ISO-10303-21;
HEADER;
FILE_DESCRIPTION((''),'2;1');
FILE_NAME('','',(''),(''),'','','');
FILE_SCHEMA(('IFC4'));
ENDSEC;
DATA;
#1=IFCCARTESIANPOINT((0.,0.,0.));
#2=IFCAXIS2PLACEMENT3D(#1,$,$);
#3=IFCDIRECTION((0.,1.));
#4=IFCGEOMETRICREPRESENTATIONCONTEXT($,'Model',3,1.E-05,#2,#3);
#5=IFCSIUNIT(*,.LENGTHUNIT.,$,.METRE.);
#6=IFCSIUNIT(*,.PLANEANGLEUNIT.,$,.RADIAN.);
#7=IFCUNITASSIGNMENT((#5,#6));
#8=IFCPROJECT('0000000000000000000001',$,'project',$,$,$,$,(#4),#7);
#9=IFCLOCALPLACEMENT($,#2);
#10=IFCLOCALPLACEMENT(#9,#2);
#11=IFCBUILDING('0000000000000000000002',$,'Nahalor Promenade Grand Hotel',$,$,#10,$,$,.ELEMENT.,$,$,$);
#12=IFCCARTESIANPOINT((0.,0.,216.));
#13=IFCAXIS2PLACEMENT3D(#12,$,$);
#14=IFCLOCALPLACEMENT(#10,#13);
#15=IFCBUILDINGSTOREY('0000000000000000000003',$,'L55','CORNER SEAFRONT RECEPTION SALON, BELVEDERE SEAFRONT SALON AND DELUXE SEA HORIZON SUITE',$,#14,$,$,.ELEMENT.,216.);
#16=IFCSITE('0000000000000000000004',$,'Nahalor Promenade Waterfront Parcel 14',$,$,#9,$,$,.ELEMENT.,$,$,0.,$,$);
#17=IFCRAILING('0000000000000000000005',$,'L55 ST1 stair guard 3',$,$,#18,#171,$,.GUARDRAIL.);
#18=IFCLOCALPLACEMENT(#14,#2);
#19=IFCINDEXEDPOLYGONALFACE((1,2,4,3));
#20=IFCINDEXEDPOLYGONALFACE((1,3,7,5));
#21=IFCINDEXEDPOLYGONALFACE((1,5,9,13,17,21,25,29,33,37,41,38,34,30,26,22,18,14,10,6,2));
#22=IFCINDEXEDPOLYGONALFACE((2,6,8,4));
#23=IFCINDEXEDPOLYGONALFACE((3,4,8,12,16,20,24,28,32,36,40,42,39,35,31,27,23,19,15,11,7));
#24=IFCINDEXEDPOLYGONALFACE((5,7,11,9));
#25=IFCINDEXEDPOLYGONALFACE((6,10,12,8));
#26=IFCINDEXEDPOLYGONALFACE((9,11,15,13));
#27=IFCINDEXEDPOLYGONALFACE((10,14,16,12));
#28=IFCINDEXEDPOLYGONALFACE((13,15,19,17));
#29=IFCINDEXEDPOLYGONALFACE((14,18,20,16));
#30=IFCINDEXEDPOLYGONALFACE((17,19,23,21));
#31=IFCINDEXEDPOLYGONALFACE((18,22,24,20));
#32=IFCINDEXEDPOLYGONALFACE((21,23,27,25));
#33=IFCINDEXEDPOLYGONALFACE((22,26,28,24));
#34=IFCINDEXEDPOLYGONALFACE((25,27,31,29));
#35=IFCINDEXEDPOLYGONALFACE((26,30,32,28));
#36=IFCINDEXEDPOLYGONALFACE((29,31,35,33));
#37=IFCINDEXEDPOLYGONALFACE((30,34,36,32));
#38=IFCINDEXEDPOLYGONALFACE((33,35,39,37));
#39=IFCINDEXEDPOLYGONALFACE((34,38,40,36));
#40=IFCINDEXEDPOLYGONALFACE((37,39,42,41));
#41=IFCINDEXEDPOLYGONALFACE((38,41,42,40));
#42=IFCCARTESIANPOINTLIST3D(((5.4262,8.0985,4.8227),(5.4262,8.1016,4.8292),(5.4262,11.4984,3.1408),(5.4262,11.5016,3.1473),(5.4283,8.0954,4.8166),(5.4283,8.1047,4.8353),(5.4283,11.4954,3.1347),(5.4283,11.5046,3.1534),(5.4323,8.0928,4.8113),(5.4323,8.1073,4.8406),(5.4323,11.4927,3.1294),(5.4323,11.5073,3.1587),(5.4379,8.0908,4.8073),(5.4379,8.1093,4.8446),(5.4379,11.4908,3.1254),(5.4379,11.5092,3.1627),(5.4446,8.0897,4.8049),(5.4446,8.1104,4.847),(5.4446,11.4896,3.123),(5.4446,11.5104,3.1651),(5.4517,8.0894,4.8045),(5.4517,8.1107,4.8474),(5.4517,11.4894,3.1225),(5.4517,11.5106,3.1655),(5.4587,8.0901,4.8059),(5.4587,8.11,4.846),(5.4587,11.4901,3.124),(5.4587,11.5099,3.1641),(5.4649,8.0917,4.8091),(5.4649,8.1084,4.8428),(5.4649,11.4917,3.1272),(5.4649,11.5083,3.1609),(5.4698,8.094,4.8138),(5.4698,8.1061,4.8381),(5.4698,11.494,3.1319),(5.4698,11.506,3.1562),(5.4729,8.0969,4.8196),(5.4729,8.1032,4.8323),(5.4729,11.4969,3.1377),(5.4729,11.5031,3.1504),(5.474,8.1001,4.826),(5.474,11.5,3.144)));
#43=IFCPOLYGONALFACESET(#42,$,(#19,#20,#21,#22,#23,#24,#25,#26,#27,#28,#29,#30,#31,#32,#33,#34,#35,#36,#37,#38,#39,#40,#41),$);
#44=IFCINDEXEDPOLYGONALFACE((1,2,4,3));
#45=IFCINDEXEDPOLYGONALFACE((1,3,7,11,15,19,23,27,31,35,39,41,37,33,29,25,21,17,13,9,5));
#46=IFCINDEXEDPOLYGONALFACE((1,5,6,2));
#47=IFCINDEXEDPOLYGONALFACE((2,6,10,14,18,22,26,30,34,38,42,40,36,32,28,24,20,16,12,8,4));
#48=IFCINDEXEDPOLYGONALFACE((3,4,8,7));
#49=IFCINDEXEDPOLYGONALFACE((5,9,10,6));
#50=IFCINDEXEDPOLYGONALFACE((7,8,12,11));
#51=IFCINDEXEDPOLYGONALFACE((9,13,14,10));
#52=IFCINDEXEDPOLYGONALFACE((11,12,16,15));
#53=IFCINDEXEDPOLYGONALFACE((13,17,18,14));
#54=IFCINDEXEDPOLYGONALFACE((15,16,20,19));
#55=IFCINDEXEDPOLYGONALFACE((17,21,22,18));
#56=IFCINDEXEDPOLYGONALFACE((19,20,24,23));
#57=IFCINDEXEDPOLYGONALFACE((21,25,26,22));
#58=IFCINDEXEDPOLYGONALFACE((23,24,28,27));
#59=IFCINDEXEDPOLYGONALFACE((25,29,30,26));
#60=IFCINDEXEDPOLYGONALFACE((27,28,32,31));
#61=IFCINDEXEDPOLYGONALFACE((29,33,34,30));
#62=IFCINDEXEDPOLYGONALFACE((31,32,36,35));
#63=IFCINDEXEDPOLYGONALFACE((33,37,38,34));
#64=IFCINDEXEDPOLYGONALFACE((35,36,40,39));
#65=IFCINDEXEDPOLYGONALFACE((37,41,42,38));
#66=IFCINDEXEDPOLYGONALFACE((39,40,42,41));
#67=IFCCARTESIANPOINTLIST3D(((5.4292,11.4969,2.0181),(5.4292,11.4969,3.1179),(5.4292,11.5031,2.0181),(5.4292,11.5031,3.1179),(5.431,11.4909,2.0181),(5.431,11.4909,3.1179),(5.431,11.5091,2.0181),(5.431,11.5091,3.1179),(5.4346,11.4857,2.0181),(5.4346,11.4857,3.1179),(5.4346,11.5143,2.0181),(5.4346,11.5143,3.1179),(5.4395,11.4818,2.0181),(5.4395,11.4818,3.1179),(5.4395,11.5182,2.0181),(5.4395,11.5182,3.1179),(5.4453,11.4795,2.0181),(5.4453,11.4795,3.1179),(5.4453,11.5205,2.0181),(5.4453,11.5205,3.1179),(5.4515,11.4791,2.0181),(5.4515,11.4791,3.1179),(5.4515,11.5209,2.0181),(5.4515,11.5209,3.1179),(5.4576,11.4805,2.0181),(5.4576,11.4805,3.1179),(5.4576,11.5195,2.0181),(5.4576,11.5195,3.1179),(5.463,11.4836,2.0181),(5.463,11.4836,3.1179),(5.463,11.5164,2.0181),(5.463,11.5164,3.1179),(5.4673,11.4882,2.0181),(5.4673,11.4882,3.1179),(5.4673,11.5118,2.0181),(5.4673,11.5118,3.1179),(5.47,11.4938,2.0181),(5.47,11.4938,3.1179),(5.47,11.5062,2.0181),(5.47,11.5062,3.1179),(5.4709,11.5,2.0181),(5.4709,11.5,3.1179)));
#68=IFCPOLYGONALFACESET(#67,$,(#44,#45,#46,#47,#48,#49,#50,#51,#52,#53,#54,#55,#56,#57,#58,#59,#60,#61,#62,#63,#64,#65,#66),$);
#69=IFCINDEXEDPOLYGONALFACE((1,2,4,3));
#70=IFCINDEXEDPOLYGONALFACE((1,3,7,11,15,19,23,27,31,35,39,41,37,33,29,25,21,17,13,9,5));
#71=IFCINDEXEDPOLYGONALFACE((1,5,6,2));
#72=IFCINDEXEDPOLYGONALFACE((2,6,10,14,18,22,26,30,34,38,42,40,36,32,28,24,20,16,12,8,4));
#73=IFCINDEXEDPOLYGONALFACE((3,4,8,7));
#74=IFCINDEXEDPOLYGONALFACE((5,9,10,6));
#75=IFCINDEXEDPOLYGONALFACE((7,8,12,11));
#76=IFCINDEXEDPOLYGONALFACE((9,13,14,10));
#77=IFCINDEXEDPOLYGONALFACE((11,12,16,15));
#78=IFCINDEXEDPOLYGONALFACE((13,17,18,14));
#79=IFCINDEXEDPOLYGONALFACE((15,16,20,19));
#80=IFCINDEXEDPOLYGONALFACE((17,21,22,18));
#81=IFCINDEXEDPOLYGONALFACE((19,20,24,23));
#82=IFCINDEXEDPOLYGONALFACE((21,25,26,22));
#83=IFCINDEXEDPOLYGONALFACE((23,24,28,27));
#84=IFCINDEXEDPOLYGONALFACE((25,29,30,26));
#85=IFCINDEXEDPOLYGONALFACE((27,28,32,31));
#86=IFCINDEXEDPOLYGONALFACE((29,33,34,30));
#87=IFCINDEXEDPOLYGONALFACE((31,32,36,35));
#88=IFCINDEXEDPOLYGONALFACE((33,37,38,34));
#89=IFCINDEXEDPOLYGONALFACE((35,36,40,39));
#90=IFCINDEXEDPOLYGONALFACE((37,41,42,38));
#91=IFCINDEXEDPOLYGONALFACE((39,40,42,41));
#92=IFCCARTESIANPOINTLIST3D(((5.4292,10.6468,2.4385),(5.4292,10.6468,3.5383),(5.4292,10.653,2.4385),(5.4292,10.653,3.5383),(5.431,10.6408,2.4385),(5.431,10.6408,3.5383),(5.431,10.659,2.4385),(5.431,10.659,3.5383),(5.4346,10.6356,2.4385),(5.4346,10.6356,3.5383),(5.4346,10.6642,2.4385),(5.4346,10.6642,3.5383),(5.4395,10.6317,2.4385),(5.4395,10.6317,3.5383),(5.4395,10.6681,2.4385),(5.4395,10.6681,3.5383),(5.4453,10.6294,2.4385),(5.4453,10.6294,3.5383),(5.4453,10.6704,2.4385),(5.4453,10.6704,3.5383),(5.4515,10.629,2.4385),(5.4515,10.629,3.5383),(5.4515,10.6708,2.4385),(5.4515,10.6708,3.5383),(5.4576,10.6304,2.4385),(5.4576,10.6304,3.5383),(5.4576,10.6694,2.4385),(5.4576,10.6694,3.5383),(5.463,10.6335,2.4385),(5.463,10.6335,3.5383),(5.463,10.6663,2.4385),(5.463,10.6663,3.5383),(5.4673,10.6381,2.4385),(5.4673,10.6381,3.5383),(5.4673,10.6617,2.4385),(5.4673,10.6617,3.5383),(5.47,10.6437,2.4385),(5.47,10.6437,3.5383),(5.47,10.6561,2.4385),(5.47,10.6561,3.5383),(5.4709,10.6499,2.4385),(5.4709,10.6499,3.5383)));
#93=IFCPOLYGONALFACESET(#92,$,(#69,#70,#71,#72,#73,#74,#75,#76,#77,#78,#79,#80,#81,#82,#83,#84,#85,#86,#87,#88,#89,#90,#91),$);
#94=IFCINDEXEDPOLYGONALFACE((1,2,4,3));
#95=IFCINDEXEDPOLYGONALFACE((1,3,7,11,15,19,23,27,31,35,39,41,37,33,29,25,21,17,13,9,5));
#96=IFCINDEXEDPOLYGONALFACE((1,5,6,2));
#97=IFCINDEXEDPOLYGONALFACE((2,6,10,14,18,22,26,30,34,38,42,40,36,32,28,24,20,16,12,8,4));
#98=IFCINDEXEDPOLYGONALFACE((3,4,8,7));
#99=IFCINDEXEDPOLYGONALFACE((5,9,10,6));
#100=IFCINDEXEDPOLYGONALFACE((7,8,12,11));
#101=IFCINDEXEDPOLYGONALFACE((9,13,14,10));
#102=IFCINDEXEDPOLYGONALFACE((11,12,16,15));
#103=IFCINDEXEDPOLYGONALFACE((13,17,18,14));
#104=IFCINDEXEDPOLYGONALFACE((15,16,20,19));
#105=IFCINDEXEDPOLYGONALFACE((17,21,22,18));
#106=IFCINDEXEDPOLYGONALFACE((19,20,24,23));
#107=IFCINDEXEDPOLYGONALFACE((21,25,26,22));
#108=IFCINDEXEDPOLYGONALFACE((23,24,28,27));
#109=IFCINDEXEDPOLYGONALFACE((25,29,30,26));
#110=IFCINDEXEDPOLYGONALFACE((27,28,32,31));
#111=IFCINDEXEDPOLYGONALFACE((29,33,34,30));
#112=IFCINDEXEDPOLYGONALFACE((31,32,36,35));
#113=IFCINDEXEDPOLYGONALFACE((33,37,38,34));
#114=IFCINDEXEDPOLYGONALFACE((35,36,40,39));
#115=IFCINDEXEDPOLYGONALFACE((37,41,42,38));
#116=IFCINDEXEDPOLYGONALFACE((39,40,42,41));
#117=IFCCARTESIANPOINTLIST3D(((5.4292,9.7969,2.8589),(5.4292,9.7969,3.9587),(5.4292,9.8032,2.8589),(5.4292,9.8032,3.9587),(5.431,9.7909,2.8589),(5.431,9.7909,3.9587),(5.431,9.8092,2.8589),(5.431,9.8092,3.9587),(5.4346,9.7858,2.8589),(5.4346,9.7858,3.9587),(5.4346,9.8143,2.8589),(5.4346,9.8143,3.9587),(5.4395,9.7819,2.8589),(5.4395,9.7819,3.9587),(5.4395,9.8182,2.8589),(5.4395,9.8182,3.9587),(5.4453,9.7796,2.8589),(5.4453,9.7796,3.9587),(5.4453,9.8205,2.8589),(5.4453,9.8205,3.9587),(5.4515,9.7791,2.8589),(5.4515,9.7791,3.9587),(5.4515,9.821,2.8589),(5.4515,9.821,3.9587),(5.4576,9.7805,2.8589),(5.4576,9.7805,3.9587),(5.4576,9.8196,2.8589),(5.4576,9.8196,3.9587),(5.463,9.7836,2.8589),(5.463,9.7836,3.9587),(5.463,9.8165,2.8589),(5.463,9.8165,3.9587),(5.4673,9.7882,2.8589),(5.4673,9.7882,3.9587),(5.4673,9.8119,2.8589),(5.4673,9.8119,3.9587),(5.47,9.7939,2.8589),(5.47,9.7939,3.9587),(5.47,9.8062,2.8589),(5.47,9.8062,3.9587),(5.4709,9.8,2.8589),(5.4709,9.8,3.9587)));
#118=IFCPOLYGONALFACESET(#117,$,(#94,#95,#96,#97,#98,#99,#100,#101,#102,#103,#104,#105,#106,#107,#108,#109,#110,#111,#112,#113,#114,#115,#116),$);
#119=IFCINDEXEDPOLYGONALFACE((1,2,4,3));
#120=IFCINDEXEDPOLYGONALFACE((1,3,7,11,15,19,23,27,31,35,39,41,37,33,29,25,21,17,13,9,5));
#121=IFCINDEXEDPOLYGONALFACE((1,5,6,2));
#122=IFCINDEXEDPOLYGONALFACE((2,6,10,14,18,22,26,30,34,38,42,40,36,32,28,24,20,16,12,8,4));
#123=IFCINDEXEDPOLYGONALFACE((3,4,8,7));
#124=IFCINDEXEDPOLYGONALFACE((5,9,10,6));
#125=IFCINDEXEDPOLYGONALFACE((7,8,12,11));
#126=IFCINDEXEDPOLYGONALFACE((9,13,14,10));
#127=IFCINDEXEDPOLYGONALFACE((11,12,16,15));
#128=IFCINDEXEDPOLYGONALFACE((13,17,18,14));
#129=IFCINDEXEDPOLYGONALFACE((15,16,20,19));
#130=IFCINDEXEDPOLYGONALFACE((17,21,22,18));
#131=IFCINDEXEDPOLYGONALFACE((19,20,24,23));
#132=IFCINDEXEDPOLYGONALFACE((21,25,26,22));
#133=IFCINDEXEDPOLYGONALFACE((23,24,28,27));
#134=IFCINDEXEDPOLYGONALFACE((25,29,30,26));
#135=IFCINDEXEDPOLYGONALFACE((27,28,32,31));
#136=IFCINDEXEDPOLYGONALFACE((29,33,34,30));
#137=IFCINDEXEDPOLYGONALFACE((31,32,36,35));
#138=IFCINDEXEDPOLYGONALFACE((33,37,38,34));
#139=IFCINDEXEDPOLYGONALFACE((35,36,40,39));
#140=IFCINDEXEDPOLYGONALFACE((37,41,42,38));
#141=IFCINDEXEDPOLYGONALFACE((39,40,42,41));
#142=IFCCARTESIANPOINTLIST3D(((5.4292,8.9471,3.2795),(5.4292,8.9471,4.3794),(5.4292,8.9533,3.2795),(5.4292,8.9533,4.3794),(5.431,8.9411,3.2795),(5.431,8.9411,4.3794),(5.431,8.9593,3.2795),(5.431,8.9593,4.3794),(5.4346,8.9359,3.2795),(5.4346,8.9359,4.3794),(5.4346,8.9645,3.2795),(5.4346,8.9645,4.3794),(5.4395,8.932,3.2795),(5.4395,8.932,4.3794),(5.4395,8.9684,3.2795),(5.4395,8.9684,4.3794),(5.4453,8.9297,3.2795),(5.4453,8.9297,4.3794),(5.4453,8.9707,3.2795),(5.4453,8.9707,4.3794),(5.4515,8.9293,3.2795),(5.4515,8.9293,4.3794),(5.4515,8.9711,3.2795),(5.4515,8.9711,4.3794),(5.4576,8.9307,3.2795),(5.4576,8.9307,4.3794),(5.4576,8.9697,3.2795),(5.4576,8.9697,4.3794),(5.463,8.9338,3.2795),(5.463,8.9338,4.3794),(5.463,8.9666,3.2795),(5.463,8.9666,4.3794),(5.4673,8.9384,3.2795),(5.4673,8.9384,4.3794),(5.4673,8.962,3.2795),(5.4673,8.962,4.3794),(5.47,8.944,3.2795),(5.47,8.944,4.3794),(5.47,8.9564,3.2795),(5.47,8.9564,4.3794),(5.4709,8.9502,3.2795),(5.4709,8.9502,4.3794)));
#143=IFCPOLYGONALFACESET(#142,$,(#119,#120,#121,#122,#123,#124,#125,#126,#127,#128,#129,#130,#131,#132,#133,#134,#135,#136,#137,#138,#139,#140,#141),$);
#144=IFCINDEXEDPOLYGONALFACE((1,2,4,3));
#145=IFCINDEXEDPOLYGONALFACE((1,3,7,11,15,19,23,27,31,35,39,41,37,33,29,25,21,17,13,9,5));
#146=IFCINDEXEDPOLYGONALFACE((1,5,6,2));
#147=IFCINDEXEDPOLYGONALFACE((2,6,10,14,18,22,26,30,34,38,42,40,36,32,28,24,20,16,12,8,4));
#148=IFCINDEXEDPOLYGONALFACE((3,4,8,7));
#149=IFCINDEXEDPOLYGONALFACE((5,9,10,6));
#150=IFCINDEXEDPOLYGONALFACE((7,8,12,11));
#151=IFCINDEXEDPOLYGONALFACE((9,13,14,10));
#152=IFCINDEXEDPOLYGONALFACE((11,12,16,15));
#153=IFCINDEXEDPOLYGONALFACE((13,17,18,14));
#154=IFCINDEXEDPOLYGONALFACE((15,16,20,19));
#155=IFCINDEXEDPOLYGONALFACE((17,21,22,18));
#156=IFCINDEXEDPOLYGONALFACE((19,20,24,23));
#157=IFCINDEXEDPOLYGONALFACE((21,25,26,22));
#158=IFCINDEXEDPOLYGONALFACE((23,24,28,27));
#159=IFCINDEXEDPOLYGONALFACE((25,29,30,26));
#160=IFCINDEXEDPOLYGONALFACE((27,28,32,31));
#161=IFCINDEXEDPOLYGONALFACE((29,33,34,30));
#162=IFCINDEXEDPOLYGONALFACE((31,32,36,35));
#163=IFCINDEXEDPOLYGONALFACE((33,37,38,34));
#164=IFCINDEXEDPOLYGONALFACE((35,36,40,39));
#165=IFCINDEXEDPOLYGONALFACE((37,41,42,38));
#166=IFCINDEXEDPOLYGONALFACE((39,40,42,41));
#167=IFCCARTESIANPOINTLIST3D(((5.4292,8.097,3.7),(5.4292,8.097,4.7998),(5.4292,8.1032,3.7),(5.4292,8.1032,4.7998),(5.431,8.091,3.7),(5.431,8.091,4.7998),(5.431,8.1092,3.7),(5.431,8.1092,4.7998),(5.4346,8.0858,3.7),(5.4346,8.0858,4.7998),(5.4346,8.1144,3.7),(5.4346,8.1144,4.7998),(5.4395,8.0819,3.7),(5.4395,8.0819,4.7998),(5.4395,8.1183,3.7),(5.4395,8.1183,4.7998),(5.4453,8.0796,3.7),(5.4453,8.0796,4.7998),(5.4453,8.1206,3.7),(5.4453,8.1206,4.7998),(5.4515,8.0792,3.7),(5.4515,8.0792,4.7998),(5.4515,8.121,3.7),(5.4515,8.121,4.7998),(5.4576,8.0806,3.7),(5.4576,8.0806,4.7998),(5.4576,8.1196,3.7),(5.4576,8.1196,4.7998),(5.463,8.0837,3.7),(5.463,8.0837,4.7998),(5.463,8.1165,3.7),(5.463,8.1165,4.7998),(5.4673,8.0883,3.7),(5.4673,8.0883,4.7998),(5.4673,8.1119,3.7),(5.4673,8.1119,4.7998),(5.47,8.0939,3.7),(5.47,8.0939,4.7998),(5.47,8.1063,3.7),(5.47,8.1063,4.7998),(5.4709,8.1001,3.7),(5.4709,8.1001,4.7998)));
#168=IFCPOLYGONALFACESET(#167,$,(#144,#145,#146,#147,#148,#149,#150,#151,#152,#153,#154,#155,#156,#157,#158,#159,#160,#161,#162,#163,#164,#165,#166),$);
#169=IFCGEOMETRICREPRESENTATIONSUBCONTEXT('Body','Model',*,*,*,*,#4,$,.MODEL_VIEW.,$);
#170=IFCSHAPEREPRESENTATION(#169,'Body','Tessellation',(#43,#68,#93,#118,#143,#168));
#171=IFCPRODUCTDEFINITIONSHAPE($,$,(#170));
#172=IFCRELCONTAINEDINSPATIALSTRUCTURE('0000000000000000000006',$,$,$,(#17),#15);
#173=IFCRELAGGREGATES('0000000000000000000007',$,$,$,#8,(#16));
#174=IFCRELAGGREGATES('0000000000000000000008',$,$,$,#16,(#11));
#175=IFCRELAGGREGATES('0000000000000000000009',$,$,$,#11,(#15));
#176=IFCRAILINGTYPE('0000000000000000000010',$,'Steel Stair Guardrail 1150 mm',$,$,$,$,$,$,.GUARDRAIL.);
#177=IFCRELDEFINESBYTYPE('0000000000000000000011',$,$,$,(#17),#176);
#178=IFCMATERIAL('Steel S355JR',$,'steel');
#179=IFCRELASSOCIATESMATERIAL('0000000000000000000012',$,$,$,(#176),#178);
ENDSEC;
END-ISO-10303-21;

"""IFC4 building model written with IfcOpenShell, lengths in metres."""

from ifc_helpers import new_model, si_unit, direction, frame, origin, origin_2d, place, context, subcontext, project, spatial, circle, extrude, material, type_object, element, save


model = new_model("IFC4")

# Units and contexts
model_context = context("Model", 3, precision=1e-05, world=origin(), true_north=direction((0.0, 1.0)))
body_context = subcontext(model_context, "Body", "Model", "MODEL_VIEW")
ifc_project = project(units=[si_unit("LENGTHUNIT", "METRE"), si_unit("PLANEANGLEUNIT", "RADIAN")], contexts=[model_context])

# Site, building, storey
site_placement = place(None, origin())
site = spatial("IfcSite", under=ifc_project, at=site_placement, Name="Nahalor Promenade Waterfront Parcel 14", CompositionType="ELEMENT", RefElevation=0.0)
building_placement = place(site_placement, origin())
building = spatial("IfcBuilding", under=site, at=building_placement, Name="Nahalor Promenade Grand Hotel", CompositionType="ELEMENT")
storey_placement = place(building_placement, frame((0.0, 0.0, 216.0)))
storey = spatial("IfcBuildingStorey", under=building, at=storey_placement, Name="L55", Description="CORNER SEAFRONT RECEPTION SALON, BELVEDERE SEAFRONT SALON AND DELUXE SEA HORIZON SUITE", CompositionType="ELEMENT", Elevation=216.0)

# Shared definitions
ifc_material_1 = material(Name="Steel S355JR", Category="steel")

# Railing
railing_type_1 = type_object("IfcRailingType", Name="Steel Stair Guardrail 1150 mm", PredefinedType="GUARDRAIL", material=ifc_material_1)
railing_1_placement = place(storey_placement, frame((5.45, 11.5, 2.0181)))
element("IfcRailing", 1, at=railing_1_placement, inside=storey, type_object=railing_type_1, Name="L55 ST1 stair guard 3", PredefinedType="GUARDRAIL", context=body_context, shape_type="SweptSolid", body=[
    extrude(circle(Radius=0.024, at=origin_2d()), frame((0.0, 0.0, 1.126), z_axis=(0.0, -0.896324, 0.443399), x_axis=(1.0, 0.0, 0.0)), (0.0, 0.0, 1.0), 3.7932),
    extrude(circle(Radius=0.021, at=origin_2d()), origin(), (0.0, 0.0, 1.0), 1.0999),
    extrude(circle(Radius=0.021, at=origin_2d()), frame((0.0, -0.8501, 0.4204)), (0.0, 0.0, 1.0), 1.0999),
    extrude(circle(Radius=0.021, at=origin_2d()), frame((0.0, -1.7, 0.8408)), (0.0, 0.0, 1.0), 1.0999),
    extrude(circle(Radius=0.021, at=origin_2d()), frame((0.0, -2.5498, 1.2615)), (0.0, 0.0, 1.0), 1.0999),
    extrude(circle(Radius=0.021, at=origin_2d()), frame((0.0, -3.3999, 1.6819)), (0.0, 0.0, 1.0), 1.0999),
])

save(model, "model.ifc")
